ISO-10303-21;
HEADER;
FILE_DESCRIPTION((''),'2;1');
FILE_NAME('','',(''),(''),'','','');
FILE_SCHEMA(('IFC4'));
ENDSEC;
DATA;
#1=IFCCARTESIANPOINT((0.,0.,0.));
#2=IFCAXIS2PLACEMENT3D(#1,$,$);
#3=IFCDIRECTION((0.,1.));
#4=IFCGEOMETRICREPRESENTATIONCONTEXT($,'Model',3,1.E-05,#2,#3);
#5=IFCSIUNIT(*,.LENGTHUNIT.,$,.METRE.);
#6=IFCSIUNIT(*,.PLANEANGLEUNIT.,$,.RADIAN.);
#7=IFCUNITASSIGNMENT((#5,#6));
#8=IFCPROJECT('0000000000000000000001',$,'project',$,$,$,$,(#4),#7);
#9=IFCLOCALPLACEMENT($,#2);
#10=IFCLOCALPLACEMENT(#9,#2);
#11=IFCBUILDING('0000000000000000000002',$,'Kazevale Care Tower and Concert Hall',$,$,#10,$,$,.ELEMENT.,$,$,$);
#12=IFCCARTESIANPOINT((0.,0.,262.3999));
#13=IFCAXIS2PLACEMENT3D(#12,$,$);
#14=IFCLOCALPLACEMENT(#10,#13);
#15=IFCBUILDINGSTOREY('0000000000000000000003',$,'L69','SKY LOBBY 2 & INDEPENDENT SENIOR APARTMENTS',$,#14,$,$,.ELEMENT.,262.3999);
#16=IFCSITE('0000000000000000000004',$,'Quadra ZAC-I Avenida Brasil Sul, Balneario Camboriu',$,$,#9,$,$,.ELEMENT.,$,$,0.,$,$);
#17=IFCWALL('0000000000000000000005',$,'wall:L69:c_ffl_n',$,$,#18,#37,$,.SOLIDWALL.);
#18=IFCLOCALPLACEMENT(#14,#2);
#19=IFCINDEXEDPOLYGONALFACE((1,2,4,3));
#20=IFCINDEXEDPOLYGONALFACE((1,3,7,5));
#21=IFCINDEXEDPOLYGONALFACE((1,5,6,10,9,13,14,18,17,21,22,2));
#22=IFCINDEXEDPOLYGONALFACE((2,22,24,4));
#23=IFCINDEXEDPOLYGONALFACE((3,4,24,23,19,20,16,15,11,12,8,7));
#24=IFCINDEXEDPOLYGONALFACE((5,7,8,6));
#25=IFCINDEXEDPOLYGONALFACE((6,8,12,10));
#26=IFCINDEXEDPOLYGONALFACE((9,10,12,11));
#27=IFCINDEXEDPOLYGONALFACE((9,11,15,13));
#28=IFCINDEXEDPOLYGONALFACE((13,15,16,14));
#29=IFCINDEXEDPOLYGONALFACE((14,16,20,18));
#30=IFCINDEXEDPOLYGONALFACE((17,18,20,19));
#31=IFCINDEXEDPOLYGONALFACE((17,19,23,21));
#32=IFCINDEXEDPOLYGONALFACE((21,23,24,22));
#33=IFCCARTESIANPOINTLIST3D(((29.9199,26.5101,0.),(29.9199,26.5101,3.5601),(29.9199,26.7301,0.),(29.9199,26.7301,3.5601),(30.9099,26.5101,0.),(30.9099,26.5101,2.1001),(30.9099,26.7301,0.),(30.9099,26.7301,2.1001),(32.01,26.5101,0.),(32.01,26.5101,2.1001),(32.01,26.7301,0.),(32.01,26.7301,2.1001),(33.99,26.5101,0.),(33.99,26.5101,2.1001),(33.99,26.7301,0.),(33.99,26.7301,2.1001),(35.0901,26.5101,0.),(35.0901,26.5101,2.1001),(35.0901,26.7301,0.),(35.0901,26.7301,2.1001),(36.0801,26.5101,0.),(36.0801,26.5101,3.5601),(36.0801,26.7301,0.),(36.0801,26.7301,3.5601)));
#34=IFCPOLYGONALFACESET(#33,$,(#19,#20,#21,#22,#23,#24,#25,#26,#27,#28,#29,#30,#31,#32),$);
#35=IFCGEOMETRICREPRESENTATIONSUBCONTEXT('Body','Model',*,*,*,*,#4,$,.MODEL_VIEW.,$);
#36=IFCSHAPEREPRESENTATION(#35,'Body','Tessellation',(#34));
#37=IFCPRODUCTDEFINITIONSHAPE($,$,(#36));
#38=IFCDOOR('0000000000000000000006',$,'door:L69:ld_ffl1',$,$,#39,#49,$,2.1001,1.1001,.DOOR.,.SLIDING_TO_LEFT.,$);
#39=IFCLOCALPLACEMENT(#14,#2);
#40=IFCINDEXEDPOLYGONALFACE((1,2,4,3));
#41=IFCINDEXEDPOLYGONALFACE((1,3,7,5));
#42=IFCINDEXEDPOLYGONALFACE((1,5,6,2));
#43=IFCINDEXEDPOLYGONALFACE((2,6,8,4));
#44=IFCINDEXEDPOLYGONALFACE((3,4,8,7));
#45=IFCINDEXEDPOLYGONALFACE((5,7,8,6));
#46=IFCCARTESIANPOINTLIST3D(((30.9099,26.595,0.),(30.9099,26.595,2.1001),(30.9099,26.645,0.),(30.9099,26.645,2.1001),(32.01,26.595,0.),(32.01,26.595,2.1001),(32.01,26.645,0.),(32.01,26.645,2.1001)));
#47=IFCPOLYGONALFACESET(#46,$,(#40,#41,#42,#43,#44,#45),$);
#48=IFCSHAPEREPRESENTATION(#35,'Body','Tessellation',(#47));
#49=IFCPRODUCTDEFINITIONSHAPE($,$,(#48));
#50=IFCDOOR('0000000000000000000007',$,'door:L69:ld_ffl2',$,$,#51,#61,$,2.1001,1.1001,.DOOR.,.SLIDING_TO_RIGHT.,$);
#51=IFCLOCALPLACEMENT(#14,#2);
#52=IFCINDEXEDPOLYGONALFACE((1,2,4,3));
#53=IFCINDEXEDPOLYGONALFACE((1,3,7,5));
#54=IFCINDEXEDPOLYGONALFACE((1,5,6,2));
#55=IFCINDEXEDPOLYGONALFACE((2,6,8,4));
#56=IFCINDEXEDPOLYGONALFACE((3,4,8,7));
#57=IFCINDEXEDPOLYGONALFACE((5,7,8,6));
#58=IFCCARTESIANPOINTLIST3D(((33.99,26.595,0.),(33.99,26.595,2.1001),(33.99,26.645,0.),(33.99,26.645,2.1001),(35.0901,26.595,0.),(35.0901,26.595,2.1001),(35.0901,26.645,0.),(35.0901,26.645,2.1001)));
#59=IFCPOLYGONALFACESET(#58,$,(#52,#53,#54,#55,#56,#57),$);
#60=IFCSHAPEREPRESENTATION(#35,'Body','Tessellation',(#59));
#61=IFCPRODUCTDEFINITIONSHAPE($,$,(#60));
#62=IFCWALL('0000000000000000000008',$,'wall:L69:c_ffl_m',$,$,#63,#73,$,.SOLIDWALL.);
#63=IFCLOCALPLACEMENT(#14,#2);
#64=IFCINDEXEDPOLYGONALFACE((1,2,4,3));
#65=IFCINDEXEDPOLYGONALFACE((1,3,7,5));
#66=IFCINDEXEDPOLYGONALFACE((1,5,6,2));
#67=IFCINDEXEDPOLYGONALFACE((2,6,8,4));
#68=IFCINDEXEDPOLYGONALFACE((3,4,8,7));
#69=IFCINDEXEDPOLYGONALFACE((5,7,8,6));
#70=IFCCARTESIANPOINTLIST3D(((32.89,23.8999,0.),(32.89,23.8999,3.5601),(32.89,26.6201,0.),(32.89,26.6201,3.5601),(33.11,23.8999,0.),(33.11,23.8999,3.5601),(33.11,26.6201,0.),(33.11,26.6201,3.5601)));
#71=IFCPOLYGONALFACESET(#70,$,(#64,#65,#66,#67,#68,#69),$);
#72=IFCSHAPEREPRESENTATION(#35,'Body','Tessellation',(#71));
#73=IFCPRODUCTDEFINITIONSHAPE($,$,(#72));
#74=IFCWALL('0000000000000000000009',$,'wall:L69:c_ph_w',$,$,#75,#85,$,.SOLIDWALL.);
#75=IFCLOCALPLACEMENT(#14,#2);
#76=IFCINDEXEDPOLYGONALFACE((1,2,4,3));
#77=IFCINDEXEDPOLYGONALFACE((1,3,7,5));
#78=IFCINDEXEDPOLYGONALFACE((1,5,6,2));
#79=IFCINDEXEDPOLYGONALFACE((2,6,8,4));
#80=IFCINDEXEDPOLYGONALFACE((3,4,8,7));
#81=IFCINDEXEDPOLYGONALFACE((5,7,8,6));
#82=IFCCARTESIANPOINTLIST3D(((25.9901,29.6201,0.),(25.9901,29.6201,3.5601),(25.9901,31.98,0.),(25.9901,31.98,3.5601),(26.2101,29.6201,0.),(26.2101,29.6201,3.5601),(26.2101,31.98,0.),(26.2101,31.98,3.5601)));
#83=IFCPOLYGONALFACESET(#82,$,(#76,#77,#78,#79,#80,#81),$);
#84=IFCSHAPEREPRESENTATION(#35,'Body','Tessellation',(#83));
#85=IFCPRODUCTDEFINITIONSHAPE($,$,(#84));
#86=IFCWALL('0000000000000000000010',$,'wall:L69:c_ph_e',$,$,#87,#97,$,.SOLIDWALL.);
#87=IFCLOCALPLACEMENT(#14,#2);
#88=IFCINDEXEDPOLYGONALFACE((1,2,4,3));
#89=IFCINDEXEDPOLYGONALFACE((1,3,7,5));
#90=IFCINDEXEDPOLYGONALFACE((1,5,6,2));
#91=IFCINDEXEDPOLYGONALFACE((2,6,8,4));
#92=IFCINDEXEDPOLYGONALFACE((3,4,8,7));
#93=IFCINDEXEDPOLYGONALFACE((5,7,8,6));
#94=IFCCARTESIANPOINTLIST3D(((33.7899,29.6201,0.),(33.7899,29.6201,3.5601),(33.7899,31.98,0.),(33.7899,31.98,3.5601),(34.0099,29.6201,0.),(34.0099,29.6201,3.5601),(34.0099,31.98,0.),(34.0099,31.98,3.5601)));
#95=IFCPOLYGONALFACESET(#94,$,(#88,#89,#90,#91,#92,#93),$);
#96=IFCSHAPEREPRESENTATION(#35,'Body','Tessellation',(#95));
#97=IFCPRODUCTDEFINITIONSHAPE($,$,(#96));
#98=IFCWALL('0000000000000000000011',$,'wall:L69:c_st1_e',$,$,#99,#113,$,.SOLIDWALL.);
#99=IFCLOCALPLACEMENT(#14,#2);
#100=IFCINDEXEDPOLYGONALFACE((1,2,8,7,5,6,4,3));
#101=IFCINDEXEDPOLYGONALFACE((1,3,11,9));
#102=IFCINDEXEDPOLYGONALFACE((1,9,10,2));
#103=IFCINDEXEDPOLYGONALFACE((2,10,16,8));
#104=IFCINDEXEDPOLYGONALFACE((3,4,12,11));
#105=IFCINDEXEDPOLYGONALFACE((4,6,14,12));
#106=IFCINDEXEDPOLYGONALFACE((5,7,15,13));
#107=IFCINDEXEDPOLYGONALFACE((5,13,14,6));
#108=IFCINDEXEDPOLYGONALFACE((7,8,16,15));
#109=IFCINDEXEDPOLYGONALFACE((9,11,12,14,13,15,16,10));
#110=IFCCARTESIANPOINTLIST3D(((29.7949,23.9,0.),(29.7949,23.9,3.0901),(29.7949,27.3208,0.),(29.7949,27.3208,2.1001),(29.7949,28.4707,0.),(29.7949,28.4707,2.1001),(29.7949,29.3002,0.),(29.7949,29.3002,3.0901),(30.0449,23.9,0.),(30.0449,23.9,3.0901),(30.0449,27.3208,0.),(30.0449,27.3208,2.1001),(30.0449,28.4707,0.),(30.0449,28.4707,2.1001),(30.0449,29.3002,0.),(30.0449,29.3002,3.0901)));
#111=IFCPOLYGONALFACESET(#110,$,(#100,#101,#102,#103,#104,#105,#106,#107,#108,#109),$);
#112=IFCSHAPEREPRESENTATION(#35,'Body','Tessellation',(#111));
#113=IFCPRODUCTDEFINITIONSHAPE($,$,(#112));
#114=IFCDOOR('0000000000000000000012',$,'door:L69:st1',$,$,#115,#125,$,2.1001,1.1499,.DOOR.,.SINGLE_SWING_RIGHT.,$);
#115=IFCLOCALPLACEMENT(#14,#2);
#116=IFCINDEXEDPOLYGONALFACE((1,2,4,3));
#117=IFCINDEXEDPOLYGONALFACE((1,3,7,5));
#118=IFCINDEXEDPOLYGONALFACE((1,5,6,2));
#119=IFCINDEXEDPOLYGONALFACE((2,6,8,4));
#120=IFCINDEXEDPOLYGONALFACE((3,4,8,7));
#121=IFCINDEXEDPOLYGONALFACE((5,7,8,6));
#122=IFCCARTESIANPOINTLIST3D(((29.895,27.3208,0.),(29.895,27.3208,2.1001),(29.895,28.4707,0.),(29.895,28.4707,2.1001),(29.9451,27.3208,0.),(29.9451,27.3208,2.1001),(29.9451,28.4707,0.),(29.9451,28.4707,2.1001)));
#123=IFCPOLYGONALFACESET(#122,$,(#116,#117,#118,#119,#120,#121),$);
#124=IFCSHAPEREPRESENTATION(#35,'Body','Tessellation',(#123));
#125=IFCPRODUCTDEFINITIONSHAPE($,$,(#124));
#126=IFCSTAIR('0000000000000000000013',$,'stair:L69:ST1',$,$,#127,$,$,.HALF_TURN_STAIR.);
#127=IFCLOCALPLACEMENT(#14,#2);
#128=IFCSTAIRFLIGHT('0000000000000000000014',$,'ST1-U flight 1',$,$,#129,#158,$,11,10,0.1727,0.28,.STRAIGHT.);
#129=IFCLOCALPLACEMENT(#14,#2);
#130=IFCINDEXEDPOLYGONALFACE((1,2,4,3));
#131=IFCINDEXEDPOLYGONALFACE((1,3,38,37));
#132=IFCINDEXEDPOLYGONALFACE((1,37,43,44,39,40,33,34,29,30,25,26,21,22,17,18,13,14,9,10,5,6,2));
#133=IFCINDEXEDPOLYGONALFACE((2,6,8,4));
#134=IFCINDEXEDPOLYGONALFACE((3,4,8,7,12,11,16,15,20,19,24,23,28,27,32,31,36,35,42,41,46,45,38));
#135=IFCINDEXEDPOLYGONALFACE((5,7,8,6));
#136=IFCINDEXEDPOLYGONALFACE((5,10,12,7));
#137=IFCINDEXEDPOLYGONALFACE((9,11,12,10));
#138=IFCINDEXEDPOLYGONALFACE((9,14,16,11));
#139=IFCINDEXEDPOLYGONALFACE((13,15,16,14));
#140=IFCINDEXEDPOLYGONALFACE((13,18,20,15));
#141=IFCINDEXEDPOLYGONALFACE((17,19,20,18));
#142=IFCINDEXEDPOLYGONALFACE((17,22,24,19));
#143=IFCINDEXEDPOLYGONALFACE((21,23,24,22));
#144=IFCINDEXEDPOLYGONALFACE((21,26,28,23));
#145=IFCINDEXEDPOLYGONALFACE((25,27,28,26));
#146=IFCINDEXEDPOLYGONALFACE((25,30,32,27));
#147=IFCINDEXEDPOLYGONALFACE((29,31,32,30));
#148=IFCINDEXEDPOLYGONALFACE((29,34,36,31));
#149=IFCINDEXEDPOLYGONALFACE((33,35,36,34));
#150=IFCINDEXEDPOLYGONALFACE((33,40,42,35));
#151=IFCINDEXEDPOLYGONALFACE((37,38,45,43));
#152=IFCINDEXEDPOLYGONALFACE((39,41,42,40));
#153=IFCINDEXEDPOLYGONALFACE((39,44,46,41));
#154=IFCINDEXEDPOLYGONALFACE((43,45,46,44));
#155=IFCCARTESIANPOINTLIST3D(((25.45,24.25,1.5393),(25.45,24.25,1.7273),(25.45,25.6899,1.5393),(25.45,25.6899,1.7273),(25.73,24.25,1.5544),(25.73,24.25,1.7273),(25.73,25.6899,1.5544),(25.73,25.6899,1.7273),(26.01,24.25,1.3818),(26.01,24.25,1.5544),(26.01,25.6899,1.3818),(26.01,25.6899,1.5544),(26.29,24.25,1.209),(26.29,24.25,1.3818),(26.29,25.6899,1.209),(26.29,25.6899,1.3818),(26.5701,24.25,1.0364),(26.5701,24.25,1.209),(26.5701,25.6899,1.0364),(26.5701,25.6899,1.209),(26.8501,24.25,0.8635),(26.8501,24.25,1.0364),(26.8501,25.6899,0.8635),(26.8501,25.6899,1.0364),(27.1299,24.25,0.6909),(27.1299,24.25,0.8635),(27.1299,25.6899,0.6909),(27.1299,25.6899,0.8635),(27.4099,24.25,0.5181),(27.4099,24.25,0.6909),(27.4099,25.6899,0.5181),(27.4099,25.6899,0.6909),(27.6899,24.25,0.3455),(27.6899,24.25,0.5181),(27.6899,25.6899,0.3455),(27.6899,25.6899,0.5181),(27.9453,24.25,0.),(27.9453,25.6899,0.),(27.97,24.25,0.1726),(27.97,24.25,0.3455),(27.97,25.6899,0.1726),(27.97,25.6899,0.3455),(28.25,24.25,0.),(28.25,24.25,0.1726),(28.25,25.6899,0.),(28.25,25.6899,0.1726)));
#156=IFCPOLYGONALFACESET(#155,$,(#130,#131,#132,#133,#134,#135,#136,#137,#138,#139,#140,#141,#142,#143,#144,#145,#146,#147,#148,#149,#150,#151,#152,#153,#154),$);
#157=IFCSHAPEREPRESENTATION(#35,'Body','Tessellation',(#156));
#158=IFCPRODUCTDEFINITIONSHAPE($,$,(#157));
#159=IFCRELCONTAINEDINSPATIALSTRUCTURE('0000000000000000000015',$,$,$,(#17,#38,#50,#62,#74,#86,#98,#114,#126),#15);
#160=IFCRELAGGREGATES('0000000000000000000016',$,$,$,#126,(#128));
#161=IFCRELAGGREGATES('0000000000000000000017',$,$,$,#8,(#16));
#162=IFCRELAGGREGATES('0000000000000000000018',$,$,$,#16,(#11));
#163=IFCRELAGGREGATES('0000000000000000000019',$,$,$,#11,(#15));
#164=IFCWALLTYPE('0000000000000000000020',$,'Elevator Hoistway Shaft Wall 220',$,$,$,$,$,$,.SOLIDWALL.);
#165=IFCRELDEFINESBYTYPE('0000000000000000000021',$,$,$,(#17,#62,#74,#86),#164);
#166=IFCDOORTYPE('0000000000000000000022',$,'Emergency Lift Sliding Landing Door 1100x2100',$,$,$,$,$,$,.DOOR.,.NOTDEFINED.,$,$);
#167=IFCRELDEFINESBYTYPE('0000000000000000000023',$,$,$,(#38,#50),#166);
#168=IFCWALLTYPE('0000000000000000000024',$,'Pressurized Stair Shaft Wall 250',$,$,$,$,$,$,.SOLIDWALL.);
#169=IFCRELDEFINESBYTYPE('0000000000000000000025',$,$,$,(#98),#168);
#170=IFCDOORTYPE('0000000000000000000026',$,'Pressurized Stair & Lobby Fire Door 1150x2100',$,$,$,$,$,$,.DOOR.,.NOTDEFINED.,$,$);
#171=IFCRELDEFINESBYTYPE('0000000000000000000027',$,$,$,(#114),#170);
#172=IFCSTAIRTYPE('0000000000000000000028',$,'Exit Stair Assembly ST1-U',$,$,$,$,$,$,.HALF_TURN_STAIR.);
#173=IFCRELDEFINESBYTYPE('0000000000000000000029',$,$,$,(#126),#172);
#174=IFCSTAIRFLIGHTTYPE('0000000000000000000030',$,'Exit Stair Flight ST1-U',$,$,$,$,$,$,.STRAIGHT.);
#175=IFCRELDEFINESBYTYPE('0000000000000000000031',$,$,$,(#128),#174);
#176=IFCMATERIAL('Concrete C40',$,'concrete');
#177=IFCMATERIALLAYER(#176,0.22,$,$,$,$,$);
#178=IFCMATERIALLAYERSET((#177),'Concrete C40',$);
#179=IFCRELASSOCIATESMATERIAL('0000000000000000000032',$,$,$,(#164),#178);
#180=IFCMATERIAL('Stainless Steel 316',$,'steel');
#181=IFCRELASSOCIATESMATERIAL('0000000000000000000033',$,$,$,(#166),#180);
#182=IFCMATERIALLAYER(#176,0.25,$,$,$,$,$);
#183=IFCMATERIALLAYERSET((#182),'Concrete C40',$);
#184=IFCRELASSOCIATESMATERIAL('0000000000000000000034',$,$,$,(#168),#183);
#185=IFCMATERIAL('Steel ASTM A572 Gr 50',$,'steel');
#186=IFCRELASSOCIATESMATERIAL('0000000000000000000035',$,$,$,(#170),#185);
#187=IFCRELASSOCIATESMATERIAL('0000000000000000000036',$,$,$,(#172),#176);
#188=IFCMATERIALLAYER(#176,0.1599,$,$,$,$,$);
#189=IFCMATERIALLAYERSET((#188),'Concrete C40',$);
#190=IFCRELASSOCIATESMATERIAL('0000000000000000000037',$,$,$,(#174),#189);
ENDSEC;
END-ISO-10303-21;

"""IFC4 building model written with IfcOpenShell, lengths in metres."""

from ifc_helpers import new_model, si_unit, direction, frame, frame_2d, origin, place, context, subcontext, project, spatial, polyline, rectangle, outline, extrude, material, layer, layer_set, type_object, element, fill, aggregate, save


model = new_model("IFC4")

# Units and contexts
model_context = context("Model", 3, precision=1e-05, world=origin(), true_north=direction((0.0, 1.0)))
body_context = subcontext(model_context, "Body", "Model", "MODEL_VIEW")
ifc_project = project(units=[si_unit("LENGTHUNIT", "METRE"), si_unit("PLANEANGLEUNIT", "RADIAN")], contexts=[model_context])

# Site, building, storey
site_placement = place(None, origin())
site = spatial("IfcSite", under=ifc_project, at=site_placement, Name="Quadra ZAC-I Avenida Brasil Sul, Balneario Camboriu", CompositionType="ELEMENT", RefElevation=0.0)
building_placement = place(site_placement, origin())
building = spatial("IfcBuilding", under=site, at=building_placement, Name="Kazevale Care Tower and Concert Hall", CompositionType="ELEMENT")
storey_placement = place(building_placement, frame((0.0, 0.0, 262.3999)))
storey = spatial("IfcBuildingStorey", under=building, at=storey_placement, Name="L69", Description="SKY LOBBY 2 & INDEPENDENT SENIOR APARTMENTS", CompositionType="ELEMENT", Elevation=262.3999)

# Shared definitions
ifc_material_1 = material(Name="Steel ASTM A572 Gr 50", Category="steel")

# Wall, openings, doors
ifc_material_2 = material(Name="Concrete C40", Category="concrete")
ifc_layer_1 = layer(ifc_material_2, 0.22)
ifc_layer_set_1 = layer_set([ifc_layer_1], Name="Concrete C40")
wall_type_1 = type_object("IfcWallType", Name="Elevator Hoistway Shaft Wall 220", PredefinedType="SOLIDWALL", material=ifc_layer_set_1)
wall_1_placement = place(storey_placement, frame((29.9199, 26.6201, 0.0), z_axis=(0.0, 0.0, 1.0), x_axis=(1.0, 0.0, 0.0)))
wall_1 = element("IfcWall", 1, at=wall_1_placement, inside=storey, type_object=wall_type_1, Name="wall:L69:c_ffl_n", PredefinedType="SOLIDWALL", context=body_context, shape_type="SweptSolid", body=[
    extrude(rectangle(XDim=6.1602, YDim=0.22, at=frame_2d((3.0801, 0.0))), origin(), (0.0, 0.0, 1.0), 3.5601),
])
opening_1_placement = place(wall_1_placement, frame((0.99, 0.0, 0.0)))
opening_1 = element("IfcOpeningElement", 2, at=opening_1_placement, cuts=wall_1, PredefinedType="OPENING", context=body_context, shape_type="SweptSolid", body=[
    extrude(rectangle(XDim=1.1001, YDim=2.1001, at=frame_2d((0.55, 1.05))), frame((0.0, 0.1199, 0.0), z_axis=(0.0, -1.0, 0.0), x_axis=(1.0, 0.0, 0.0)), (0.0, 0.0, 1.0), 0.24),
])
opening_2_placement = place(wall_1_placement, frame((4.0701, 0.0, 0.0)))
opening_2 = element("IfcOpeningElement", 3, at=opening_2_placement, cuts=wall_1, PredefinedType="OPENING", context=body_context, shape_type="SweptSolid", body=[
    extrude(rectangle(XDim=1.1001, YDim=2.1001, at=frame_2d((0.55, 1.05))), frame((0.0, 0.1199, 0.0), z_axis=(0.0, -1.0, 0.0), x_axis=(1.0, 0.0, 0.0)), (0.0, 0.0, 1.0), 0.24),
])
ifc_material_3 = material(Name="Stainless Steel 316", Category="steel")
door_type_1 = type_object("IfcDoorType", Name="Emergency Lift Sliding Landing Door 1100x2100", OperationType="NOTDEFINED", PredefinedType="DOOR", material=ifc_material_3)
door_1_placement = place(opening_1_placement, origin())
door_1 = element("IfcDoor", 4, at=door_1_placement, inside=storey, type_object=door_type_1, Name="door:L69:ld_ffl1", OperationType="SLIDING_TO_LEFT", OverallHeight=2.1001, OverallWidth=1.1001, PredefinedType="DOOR", context=body_context, shape_type="SweptSolid", body=[
    extrude(rectangle(XDim=1.1001, YDim=2.1001, at=frame_2d((0.55, 1.05))), frame((0.0, 0.0249, 0.0), z_axis=(0.0, -1.0, 0.0), x_axis=(1.0, 0.0, 0.0)), (0.0, 0.0, 1.0), 0.05),
])
fill(opening_1, door_1)
door_2_placement = place(opening_2_placement, origin())
door_2 = element("IfcDoor", 5, at=door_2_placement, inside=storey, type_object=door_type_1, Name="door:L69:ld_ffl2", OperationType="SLIDING_TO_RIGHT", OverallHeight=2.1001, OverallWidth=1.1001, PredefinedType="DOOR", context=body_context, shape_type="SweptSolid", body=[
    extrude(rectangle(XDim=1.1001, YDim=2.1001, at=frame_2d((0.55, 1.05))), frame((0.0, 0.0249, 0.0), z_axis=(0.0, -1.0, 0.0), x_axis=(1.0, 0.0, 0.0)), (0.0, 0.0, 1.0), 0.05),
])
fill(opening_2, door_2)

# Walls
wall_2_placement = place(storey_placement, frame((33.0, 23.8999, 0.0), z_axis=(0.0, 0.0, 1.0), x_axis=(0.0, 1.0, 0.0)))
element("IfcWall", 6, at=wall_2_placement, inside=storey, type_object=wall_type_1, Name="wall:L69:c_ffl_m", PredefinedType="SOLIDWALL", context=body_context, shape_type="SweptSolid", body=[
    extrude(rectangle(XDim=2.7202, YDim=0.22, at=frame_2d((1.3601, 0.0))), origin(), (0.0, 0.0, 1.0), 3.5601),
])
for number, where, z_axis, x_axis, name in (
    (7, (26.1001, 29.6201, 0.0), (0.0, 0.0, 1.0), (0.0, 1.0, 0.0), "wall:L69:c_ph_w"),
    (8, (33.8999, 29.6201, 0.0), (0.0, 0.0, 1.0), (0.0, 1.0, 0.0), "wall:L69:c_ph_e"),
):
    element("IfcWall", number, at=place(storey_placement, frame(where, z_axis=z_axis, x_axis=x_axis)), inside=storey, type_object=wall_type_1, Name=name, PredefinedType="SOLIDWALL", context=body_context, shape_type="SweptSolid", body=[
        extrude(rectangle(XDim=2.3599, YDim=0.22, at=frame_2d((1.1799, 0.0))), origin(), (0.0, 0.0, 1.0), 3.5601),
    ])

# Wall, opening, door
ifc_layer_2 = layer(ifc_material_2, 0.25)
ifc_layer_set_2 = layer_set([ifc_layer_2], Name="Concrete C40")
wall_type_2 = type_object("IfcWallType", Name="Pressurized Stair Shaft Wall 250", PredefinedType="SOLIDWALL", material=ifc_layer_set_2)
wall_3_placement = place(storey_placement, frame((29.9199, 23.8999, 0.0), z_axis=(0.0, 0.0, 1.0), x_axis=(0.0, 1.0, 0.0)))
wall_3 = element("IfcWall", 9, at=wall_3_placement, inside=storey, type_object=wall_type_2, Name="wall:L69:c_st1_e", PredefinedType="SOLIDWALL", context=body_context, shape_type="SweptSolid", body=[
    extrude(rectangle(XDim=5.4001, YDim=0.25, at=frame_2d((2.7002, 0.0))), origin(), (0.0, 0.0, 1.0), 3.0901),
])
opening_3_placement = place(wall_3_placement, frame((3.4209, 0.0, 0.0)))
opening_3 = element("IfcOpeningElement", 10, at=opening_3_placement, cuts=wall_3, PredefinedType="OPENING", context=body_context, shape_type="SweptSolid", body=[
    extrude(rectangle(XDim=1.1499, YDim=2.1001, at=frame_2d((0.575, 1.05))), frame((0.0, 0.135, 0.0), z_axis=(0.0, -1.0, 0.0), x_axis=(1.0, 0.0, 0.0)), (0.0, 0.0, 1.0), 0.27),
])
door_type_2 = type_object("IfcDoorType", Name="Pressurized Stair & Lobby Fire Door 1150x2100", OperationType="NOTDEFINED", PredefinedType="DOOR", material=ifc_material_1)
door_3_placement = place(opening_3_placement, origin())
door_3 = element("IfcDoor", 11, at=door_3_placement, inside=storey, type_object=door_type_2, Name="door:L69:st1", OperationType="SINGLE_SWING_RIGHT", OverallHeight=2.1001, OverallWidth=1.1499, PredefinedType="DOOR", context=body_context, shape_type="SweptSolid", body=[
    extrude(rectangle(XDim=1.1499, YDim=2.1001, at=frame_2d((0.575, 1.05))), frame((0.0, 0.0249, 0.0), z_axis=(0.0, -1.0, 0.0), x_axis=(1.0, 0.0, 0.0)), (0.0, 0.0, 1.0), 0.05),
])
fill(opening_3, door_3)

# Stair, stair flight
stair_type = type_object("IfcStairType", Name="Exit Stair Assembly ST1-U", PredefinedType="HALF_TURN_STAIR", material=ifc_material_2)
stair_placement = place(storey_placement, origin())
stair = element("IfcStair", 12, at=stair_placement, inside=storey, type_object=stair_type, Name="stair:L69:ST1", PredefinedType="HALF_TURN_STAIR")
ifc_layer_3 = layer(ifc_material_2, 0.1599)
ifc_layer_set_3 = layer_set([ifc_layer_3], Name="Concrete C40")
stair_flight_type = type_object("IfcStairFlightType", Name="Exit Stair Flight ST1-U", PredefinedType="STRAIGHT", material=ifc_layer_set_3)
stair_flight_1_placement = place(storey_placement, frame((28.25, 24.97, 0.0), z_axis=(0.0, 0.0, 1.0), x_axis=(-1.0, 0.0, 0.0)))
stair_flight_1 = element("IfcStairFlight", 13, at=stair_flight_1_placement, type_object=stair_flight_type, Name="ST1-U flight 1", NumberOfRisers=11, NumberOfTreads=10, PredefinedType="STRAIGHT", RiserHeight=0.1727, TreadLength=0.28, context=body_context, shape_type="SweptSolid", body=[
    extrude(outline(polyline([(0.0, 0.0), (0.0, 0.1726), (0.28, 0.1726), (0.28, 0.3455), (0.5601, 0.3455), (0.5601, 0.5181), (0.8401, 0.5181), (0.8401, 0.6909), (1.1201, 0.6909), (1.1201, 0.8635), (1.3999, 0.8635), (1.3999, 1.0364), (1.6799, 1.0364), (1.6799, 1.209), (1.96, 1.209), (1.96, 1.3818), (2.24, 1.3818), (2.24, 1.5544), (2.52, 1.5544), (2.52, 1.7273), (2.8, 1.7273), (2.8, 1.8999), (2.8, 1.5393), (0.3047, 0.0), (0.0, 0.0)])), frame((0.0, 0.72, 0.0), z_axis=(0.0, -1.0, 0.0), x_axis=(1.0, 0.0, 0.0)), (0.0, 0.0, 1.0), 1.4399),
])
aggregate(stair, [stair_flight_1])

save(model, "model.ifc")
